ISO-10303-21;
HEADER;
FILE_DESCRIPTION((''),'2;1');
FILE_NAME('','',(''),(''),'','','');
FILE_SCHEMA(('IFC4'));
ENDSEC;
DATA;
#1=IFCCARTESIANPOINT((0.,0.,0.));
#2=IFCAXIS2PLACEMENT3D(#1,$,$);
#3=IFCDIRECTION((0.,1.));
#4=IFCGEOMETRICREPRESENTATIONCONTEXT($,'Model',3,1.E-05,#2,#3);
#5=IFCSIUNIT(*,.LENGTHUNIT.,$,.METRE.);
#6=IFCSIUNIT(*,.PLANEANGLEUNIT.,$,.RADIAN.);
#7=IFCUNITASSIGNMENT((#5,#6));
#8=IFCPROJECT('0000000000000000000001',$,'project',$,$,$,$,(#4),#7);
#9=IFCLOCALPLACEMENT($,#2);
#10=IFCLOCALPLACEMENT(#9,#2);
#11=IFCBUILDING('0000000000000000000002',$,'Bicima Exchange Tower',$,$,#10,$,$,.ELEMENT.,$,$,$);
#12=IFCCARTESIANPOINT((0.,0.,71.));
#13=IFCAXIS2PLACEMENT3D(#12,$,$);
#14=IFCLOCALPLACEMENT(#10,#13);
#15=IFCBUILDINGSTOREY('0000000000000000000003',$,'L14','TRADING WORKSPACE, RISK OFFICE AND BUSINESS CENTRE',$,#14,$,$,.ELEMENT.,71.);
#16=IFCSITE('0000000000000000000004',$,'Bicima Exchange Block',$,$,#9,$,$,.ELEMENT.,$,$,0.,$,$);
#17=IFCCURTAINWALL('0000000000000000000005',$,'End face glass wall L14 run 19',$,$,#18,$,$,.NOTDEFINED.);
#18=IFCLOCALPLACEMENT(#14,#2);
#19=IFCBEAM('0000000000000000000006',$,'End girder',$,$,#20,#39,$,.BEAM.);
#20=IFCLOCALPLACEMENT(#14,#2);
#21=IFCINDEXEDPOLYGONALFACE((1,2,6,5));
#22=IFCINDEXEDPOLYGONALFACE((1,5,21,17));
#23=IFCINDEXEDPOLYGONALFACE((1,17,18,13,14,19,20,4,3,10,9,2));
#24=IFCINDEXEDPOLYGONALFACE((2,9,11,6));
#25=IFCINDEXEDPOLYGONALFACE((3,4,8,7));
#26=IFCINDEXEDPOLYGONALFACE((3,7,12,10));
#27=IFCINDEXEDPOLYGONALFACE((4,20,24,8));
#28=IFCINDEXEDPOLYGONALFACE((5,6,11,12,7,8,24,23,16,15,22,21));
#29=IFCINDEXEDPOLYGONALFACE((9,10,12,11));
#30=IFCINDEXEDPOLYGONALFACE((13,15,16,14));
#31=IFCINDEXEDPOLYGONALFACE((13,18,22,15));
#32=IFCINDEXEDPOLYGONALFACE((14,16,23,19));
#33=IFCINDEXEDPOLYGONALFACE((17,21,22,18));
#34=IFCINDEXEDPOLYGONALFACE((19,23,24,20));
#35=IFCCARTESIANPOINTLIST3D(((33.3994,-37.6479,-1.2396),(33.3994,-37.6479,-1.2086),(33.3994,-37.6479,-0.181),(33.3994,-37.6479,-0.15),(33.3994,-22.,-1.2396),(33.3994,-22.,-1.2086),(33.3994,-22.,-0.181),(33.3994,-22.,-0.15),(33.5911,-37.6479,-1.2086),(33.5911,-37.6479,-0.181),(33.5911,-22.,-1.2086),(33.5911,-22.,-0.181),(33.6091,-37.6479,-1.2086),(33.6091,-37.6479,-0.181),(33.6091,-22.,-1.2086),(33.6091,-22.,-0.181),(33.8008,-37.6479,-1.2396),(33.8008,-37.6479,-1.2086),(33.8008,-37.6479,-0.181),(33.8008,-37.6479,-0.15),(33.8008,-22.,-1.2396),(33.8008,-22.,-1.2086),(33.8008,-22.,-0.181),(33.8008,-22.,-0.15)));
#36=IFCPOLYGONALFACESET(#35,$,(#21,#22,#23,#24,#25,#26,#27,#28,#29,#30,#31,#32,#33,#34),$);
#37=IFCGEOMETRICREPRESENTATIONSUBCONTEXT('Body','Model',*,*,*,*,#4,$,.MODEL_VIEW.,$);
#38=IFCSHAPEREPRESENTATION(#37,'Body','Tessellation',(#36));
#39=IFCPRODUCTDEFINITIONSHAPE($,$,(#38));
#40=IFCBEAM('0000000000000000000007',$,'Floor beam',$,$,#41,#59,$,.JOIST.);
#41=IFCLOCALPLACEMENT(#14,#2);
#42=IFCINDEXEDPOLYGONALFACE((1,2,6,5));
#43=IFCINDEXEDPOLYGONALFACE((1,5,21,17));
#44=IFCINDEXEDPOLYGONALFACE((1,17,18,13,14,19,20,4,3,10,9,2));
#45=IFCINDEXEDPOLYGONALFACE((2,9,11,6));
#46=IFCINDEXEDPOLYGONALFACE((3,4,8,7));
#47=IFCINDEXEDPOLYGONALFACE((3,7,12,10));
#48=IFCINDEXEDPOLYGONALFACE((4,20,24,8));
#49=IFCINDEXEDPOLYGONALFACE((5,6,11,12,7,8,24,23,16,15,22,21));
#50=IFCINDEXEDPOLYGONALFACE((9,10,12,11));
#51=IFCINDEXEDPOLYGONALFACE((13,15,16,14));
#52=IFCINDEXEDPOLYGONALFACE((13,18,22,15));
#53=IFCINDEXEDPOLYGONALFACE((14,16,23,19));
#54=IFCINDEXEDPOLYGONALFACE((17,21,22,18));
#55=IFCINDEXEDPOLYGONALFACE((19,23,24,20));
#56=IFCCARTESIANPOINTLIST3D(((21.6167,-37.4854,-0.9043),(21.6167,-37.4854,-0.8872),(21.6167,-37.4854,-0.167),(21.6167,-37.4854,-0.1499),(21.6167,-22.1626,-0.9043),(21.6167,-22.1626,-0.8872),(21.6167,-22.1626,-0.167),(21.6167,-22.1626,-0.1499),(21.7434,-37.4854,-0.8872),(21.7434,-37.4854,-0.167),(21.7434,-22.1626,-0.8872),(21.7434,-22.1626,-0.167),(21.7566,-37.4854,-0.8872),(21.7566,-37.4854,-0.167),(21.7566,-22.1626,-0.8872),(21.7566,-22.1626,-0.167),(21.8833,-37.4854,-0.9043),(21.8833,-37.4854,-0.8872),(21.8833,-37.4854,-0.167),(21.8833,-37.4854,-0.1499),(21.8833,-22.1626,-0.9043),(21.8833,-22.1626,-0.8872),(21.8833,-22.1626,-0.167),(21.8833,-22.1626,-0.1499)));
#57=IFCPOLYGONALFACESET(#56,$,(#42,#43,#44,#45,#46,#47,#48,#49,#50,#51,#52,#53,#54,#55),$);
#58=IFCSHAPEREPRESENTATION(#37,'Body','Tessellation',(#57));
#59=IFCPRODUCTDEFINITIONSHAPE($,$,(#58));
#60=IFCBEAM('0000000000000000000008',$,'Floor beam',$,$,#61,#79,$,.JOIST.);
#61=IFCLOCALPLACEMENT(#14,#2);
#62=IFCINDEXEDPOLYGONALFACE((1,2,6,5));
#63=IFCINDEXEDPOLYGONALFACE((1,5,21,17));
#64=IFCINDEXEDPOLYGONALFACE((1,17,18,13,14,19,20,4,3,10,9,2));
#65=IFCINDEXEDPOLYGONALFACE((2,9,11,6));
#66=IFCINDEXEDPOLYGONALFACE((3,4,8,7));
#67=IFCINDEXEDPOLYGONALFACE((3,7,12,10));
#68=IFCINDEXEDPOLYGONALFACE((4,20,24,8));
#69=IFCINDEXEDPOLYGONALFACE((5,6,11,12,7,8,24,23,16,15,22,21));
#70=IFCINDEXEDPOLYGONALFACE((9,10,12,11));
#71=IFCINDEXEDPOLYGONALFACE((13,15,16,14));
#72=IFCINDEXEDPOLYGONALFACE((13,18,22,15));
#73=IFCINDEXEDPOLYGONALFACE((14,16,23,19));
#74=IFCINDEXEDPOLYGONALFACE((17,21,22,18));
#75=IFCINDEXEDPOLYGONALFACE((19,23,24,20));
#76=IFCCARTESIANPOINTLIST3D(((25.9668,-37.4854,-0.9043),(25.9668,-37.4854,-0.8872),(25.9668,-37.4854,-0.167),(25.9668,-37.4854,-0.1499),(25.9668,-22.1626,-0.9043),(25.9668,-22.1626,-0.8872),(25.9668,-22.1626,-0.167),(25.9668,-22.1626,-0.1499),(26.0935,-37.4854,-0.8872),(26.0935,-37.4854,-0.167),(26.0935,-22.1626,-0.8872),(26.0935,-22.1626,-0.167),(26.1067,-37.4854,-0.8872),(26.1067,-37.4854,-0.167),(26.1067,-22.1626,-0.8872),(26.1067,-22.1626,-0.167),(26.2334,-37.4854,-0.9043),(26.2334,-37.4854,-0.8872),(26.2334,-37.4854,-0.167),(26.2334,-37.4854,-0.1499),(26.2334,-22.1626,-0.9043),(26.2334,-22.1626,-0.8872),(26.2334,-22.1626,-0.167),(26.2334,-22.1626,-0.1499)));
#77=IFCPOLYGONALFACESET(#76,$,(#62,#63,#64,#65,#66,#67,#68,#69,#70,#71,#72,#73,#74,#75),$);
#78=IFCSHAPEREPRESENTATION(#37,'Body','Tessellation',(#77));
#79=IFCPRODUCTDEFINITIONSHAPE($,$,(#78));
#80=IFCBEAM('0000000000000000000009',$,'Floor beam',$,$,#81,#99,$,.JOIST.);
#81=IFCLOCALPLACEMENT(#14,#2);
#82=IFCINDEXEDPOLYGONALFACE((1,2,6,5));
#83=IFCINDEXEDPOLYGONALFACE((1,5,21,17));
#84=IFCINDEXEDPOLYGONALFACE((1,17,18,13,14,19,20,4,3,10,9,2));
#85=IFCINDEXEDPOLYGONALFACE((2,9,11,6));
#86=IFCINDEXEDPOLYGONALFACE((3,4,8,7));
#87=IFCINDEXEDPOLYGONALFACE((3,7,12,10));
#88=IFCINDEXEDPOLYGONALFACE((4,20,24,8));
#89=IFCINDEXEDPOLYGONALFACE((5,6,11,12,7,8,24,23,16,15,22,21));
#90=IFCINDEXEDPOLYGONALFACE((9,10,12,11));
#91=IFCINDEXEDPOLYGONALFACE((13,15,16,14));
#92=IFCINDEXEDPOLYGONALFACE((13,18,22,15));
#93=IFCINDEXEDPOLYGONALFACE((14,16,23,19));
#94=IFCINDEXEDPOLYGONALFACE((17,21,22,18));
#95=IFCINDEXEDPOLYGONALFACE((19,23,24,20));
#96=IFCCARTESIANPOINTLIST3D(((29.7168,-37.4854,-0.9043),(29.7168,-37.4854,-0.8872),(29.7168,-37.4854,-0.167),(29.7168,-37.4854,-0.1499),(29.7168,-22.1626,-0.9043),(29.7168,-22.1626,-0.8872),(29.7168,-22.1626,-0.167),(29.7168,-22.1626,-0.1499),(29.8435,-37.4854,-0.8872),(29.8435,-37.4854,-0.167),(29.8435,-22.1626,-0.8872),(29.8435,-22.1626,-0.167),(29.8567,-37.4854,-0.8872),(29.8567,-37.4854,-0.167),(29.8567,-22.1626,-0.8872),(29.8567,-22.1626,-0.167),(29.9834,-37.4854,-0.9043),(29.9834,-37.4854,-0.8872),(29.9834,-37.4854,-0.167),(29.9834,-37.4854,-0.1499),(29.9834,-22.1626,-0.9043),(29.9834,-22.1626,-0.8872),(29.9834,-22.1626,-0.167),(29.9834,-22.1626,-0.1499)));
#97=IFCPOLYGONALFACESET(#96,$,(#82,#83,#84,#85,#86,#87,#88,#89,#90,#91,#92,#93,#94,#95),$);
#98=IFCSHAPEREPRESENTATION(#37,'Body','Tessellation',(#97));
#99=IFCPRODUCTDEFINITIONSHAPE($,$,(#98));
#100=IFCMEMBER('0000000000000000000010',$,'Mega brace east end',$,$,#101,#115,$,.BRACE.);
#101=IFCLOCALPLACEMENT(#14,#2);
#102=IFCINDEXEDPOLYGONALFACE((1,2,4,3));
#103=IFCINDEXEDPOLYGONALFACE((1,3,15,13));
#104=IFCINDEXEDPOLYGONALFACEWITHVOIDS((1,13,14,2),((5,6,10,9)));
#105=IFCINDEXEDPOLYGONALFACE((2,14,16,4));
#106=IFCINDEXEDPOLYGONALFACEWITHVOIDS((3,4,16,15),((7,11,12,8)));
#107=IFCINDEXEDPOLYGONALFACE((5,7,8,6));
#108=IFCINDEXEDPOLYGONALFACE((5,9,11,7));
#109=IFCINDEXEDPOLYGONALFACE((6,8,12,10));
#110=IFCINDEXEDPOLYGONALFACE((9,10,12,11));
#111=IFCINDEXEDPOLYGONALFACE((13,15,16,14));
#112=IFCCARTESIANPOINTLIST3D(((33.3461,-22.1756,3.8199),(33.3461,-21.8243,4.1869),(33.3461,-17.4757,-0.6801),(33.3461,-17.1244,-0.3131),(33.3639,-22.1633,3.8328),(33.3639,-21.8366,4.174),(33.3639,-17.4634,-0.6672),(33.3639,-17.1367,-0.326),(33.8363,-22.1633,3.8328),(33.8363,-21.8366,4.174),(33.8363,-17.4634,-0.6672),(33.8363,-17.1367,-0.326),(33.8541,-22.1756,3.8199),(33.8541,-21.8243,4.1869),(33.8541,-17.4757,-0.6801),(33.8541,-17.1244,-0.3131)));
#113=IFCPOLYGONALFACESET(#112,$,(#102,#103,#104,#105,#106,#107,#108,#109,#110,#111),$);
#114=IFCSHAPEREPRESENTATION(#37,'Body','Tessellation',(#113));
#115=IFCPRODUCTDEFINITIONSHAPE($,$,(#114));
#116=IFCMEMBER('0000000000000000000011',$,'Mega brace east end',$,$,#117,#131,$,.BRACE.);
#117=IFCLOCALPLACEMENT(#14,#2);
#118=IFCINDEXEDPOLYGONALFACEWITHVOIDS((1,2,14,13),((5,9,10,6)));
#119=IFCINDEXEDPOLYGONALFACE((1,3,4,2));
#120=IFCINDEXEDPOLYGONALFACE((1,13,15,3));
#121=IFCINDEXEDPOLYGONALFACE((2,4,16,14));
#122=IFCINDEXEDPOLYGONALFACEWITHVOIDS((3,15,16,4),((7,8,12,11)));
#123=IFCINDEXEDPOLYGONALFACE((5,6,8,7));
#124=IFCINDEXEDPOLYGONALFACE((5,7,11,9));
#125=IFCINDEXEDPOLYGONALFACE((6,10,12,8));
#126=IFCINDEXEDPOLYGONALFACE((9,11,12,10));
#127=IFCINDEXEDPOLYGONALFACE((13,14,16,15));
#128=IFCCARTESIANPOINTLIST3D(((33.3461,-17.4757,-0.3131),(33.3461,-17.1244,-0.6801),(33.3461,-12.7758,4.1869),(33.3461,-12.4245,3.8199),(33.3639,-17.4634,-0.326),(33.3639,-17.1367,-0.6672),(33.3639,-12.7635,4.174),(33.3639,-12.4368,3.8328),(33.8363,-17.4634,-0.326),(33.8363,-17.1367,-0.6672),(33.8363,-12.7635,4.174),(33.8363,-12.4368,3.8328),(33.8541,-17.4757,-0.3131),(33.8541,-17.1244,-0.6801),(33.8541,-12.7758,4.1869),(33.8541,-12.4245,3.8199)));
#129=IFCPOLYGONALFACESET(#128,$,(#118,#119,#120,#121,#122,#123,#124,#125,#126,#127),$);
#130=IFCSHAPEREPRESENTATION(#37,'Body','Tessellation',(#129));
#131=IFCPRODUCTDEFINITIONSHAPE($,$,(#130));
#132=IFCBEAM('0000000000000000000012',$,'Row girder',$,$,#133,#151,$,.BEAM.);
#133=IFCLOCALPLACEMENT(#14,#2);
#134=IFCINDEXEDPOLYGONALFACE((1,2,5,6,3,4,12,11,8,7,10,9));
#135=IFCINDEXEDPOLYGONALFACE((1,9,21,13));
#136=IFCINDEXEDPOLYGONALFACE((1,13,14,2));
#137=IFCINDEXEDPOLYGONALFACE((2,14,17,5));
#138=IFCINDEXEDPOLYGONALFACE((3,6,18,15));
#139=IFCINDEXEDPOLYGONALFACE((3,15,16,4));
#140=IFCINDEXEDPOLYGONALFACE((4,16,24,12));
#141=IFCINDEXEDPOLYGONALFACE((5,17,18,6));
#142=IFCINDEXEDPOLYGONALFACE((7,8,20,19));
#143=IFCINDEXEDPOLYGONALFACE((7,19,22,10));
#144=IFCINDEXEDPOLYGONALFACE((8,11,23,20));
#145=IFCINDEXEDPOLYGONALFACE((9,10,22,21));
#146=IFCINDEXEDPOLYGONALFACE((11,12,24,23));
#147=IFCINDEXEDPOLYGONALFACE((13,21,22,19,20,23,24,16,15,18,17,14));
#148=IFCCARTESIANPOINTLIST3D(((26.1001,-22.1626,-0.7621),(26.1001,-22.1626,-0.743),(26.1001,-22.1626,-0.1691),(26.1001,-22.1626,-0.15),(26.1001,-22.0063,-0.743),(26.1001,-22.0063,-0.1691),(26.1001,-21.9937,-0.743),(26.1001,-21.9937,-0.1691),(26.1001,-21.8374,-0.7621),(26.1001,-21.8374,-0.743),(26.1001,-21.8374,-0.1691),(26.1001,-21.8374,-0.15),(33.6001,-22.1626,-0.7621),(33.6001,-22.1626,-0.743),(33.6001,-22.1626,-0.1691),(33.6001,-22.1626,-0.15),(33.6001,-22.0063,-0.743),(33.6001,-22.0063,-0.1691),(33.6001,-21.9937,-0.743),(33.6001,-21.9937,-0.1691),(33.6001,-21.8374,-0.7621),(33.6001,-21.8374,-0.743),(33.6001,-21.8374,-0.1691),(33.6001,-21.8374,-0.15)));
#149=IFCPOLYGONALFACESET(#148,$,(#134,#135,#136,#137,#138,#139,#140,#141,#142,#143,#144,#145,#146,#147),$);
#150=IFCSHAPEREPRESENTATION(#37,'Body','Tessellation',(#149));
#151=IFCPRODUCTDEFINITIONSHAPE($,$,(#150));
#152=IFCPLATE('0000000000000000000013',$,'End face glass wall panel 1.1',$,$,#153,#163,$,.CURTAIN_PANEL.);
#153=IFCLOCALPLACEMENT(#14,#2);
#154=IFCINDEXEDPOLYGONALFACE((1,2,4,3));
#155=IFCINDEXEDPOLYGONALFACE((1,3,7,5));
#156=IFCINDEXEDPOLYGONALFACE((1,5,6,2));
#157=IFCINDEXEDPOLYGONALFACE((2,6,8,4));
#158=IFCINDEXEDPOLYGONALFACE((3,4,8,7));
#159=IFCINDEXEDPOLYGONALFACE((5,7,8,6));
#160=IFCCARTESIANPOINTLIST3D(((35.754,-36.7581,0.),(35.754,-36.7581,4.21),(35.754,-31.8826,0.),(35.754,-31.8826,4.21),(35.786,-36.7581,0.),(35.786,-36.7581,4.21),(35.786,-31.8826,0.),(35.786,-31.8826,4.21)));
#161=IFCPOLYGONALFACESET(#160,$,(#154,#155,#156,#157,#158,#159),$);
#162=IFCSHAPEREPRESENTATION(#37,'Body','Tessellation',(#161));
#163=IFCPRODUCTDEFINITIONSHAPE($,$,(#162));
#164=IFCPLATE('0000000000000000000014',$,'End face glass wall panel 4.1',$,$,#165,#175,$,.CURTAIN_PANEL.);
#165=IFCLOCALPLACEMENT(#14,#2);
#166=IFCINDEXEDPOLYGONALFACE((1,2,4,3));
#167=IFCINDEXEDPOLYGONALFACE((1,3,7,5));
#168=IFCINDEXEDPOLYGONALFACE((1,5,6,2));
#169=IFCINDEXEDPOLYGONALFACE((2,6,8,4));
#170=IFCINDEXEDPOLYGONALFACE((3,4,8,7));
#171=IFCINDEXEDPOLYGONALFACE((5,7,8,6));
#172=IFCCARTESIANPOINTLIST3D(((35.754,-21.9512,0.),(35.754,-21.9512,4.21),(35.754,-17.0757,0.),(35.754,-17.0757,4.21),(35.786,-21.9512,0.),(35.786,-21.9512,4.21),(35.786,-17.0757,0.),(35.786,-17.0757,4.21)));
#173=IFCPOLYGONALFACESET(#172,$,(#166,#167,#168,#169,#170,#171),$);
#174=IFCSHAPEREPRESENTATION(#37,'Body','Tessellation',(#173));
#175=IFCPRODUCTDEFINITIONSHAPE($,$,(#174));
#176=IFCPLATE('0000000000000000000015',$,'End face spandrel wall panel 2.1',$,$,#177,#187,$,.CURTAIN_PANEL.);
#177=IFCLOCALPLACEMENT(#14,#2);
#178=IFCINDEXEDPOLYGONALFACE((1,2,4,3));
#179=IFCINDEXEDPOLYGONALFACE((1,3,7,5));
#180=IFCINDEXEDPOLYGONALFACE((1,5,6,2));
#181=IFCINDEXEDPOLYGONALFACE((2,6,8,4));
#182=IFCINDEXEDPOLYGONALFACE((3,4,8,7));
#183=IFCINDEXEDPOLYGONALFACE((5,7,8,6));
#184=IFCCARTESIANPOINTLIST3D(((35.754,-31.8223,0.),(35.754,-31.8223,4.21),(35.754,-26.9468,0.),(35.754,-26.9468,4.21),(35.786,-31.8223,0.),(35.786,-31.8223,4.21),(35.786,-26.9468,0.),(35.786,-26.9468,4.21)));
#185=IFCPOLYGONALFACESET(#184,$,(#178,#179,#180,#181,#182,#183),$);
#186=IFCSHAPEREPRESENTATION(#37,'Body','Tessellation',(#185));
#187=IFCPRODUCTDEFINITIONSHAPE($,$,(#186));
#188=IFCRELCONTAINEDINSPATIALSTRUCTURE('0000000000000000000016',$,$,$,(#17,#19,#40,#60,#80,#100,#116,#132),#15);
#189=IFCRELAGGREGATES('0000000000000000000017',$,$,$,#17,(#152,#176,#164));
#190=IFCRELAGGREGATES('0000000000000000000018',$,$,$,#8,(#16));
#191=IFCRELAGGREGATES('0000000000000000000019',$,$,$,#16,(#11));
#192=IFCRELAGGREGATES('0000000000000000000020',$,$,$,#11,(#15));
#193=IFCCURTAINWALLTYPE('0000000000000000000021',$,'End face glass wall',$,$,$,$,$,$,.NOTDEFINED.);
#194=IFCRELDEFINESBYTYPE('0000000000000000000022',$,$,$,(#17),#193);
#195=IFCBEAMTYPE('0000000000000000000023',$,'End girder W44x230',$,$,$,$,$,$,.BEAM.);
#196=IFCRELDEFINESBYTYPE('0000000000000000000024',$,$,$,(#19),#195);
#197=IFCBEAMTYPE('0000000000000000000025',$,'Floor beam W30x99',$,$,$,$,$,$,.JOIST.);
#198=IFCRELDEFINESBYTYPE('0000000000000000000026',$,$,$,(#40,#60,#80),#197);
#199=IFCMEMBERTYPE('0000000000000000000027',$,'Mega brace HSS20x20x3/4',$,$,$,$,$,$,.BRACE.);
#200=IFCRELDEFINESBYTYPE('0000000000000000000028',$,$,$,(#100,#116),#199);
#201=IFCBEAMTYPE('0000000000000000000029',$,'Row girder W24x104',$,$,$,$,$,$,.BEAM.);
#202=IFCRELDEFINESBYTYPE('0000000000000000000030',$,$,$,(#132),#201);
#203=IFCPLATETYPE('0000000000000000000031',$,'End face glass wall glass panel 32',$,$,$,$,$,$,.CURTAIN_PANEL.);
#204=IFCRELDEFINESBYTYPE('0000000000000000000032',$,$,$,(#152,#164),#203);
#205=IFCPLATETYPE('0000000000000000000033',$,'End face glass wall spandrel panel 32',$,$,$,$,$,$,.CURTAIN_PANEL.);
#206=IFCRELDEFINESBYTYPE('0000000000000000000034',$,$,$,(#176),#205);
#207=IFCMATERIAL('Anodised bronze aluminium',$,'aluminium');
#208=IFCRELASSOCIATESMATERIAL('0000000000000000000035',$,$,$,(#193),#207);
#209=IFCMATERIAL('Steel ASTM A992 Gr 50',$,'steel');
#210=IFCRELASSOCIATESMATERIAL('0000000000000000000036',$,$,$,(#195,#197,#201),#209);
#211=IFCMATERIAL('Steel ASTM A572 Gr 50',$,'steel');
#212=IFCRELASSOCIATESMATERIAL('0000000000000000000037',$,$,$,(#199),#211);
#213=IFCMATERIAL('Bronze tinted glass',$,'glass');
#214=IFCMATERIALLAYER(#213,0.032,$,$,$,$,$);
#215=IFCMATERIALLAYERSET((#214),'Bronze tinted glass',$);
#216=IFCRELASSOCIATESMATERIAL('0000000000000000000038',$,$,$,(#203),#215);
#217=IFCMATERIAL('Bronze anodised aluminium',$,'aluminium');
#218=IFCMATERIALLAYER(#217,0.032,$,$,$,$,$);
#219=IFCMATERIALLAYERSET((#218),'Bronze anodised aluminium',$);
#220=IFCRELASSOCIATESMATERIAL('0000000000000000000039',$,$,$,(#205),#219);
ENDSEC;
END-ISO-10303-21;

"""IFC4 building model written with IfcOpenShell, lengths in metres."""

from ifc_helpers import new_model, si_unit, direction, frame, origin, origin_2d, place, context, subcontext, project, spatial, rectangle, hollow_rectangle, i_section, extrude, material, layer, layer_set, material_profile, profile_set, type_object, element, aggregate, save


model = new_model("IFC4")

# Units and contexts
model_context = context("Model", 3, precision=1e-05, world=origin(), true_north=direction((0.0, 1.0)))
body_context = subcontext(model_context, "Body", "Model", "MODEL_VIEW")
ifc_project = project(units=[si_unit("LENGTHUNIT", "METRE"), si_unit("PLANEANGLEUNIT", "RADIAN")], contexts=[model_context])

# Site, building, storey
site_placement = place(None, origin())
site = spatial("IfcSite", under=ifc_project, at=site_placement, Name="Bicima Exchange Block", CompositionType="ELEMENT", RefElevation=0.0)
building_placement = place(site_placement, origin())
building = spatial("IfcBuilding", under=site, at=building_placement, Name="Bicima Exchange Tower", CompositionType="ELEMENT")
storey_placement = place(building_placement, frame((0.0, 0.0, 71.0)))
storey = spatial("IfcBuildingStorey", under=building, at=storey_placement, Name="L14", Description="TRADING WORKSPACE, RISK OFFICE AND BUSINESS CENTRE", CompositionType="ELEMENT", Elevation=71.0)

# Shared definitions
ifc_material_1 = material(Name="Steel ASTM A992 Gr 50", Category="steel")

# Curtain wall
ifc_material_2 = material(Name="Anodised bronze aluminium", Category="aluminium")
curtain_wall_type = type_object("IfcCurtainWallType", Name="End face glass wall", PredefinedType="NOTDEFINED", material=ifc_material_2)
curtain_wall_placement = place(storey_placement, origin())
curtain_wall = element("IfcCurtainWall", 1, at=curtain_wall_placement, inside=storey, type_object=curtain_wall_type, Name="End face glass wall L14 run 19", PredefinedType="NOTDEFINED")

# Beams
ifc_material_profile_1 = material_profile(ifc_material_1, i_section(OverallWidth=0.4014, OverallDepth=1.0896, WebThickness=0.0181, FlangeThickness=0.031, at=origin_2d()))
ifc_profile_set_1 = profile_set([ifc_material_profile_1], Name="Steel ASTM A992 Gr 50")
beam_type_1 = type_object("IfcBeamType", Name="End girder W44x230", PredefinedType="BEAM", material=ifc_profile_set_1)
beam_1_placement = place(storey_placement, frame((33.6001, -22.0, -0.6948), z_axis=(0.0, -1.0, 0.0), x_axis=(1.0, 0.0, 0.0)))
element("IfcBeam", 2, at=beam_1_placement, inside=storey, type_object=beam_type_1, Name="End girder", PredefinedType="BEAM", context=body_context, shape_type="SweptSolid", body=[
    extrude(i_section(OverallWidth=0.4014, OverallDepth=1.0896, WebThickness=0.0181, FlangeThickness=0.031, at=origin_2d()), origin(), (0.0, 0.0, 1.0), 15.6479),
])
ifc_material_profile_2 = material_profile(ifc_material_1, i_section(OverallWidth=0.2666, OverallDepth=0.7544, WebThickness=0.0132, FlangeThickness=0.0171, at=origin_2d()))
ifc_profile_set_2 = profile_set([ifc_material_profile_2], Name="Steel ASTM A992 Gr 50")
beam_type_2 = type_object("IfcBeamType", Name="Floor beam W30x99", PredefinedType="JOIST", material=ifc_profile_set_2)
for number, where, z_axis, x_axis, name in (
    (3, (21.75, -22.1626, -0.5271), (0.0, -1.0, 0.0), (1.0, 0.0, 0.0), "Floor beam"),
    (4, (26.1001, -22.1626, -0.5271), (0.0, -1.0, 0.0), (1.0, 0.0, 0.0), "Floor beam"),
    (5, (29.8501, -22.1626, -0.5271), (0.0, -1.0, 0.0), (1.0, 0.0, 0.0), "Floor beam"),
):
    element("IfcBeam", number, at=place(storey_placement, frame(where, z_axis=z_axis, x_axis=x_axis)), inside=storey, type_object=beam_type_2, Name=name, PredefinedType="JOIST", context=body_context, shape_type="SweptSolid", body=[
        extrude(i_section(OverallWidth=0.2666, OverallDepth=0.7544, WebThickness=0.0132, FlangeThickness=0.0171, at=origin_2d()), origin(), (0.0, 0.0, 1.0), 15.3228),
    ])

# Members
ifc_material_3 = material(Name="Steel ASTM A572 Gr 50", Category="steel")
ifc_material_profile_3 = material_profile(ifc_material_3, hollow_rectangle(XDim=0.5081, YDim=0.5081, WallThickness=0.0178, at=origin_2d()))
ifc_profile_set_3 = profile_set([ifc_material_profile_3], Name="Steel ASTM A572 Gr 50")
member_type_1 = type_object("IfcMemberType", Name="Mega brace HSS20x20x3/4", PredefinedType="BRACE", material=ifc_profile_set_3)
for number, where, z_axis, x_axis, name in (
    (6, (33.6001, -17.3, -0.4966), (0.0, -0.722304, 0.691575), (1.0, 0.0, 0.0), "Mega brace east end"),
    (7, (33.6001, -17.3, -0.4966), (0.0, 0.722304, 0.691575), (-1.0, 0.0, 0.0), "Mega brace east end"),
):
    element("IfcMember", number, at=place(storey_placement, frame(where, z_axis=z_axis, x_axis=x_axis)), inside=storey, type_object=member_type_1, Name=name, PredefinedType="BRACE", context=body_context, shape_type="SweptSolid", body=[
        extrude(hollow_rectangle(XDim=0.5081, YDim=0.5081, WallThickness=0.0178, at=origin_2d()), origin(), (0.0, 0.0, 1.0), 6.5068),
    ])

# Beam
ifc_material_profile_4 = material_profile(ifc_material_1, i_section(OverallWidth=0.3252, OverallDepth=0.6121, WebThickness=0.0127, FlangeThickness=0.019, at=origin_2d()))
ifc_profile_set_4 = profile_set([ifc_material_profile_4], Name="Steel ASTM A992 Gr 50")
beam_type_3 = type_object("IfcBeamType", Name="Row girder W24x104", PredefinedType="BEAM", material=ifc_profile_set_4)
beam_2_placement = place(storey_placement, frame((26.1001, -22.0, -0.4561), z_axis=(1.0, 0.0, 0.0), x_axis=(0.0, 1.0, 0.0)))
element("IfcBeam", 8, at=beam_2_placement, inside=storey, type_object=beam_type_3, Name="Row girder", PredefinedType="BEAM", context=body_context, shape_type="SweptSolid", body=[
    extrude(i_section(OverallWidth=0.3252, OverallDepth=0.6121, WebThickness=0.0127, FlangeThickness=0.019, at=origin_2d()), origin(), (0.0, 0.0, 1.0), 7.5),
])

# Plates
ifc_material_4 = material(Name="Bronze tinted glass", Category="glass")
ifc_layer_1 = layer(ifc_material_4, 0.032)
ifc_layer_set_1 = layer_set([ifc_layer_1], Name="Bronze tinted glass")
plate_type_1 = type_object("IfcPlateType", Name="End face glass wall glass panel 32", PredefinedType="CURTAIN_PANEL", material=ifc_layer_set_1)
plate_1_placement = place(storey_placement, frame((35.77, -34.3203, 0.0), z_axis=(0.0, 0.0, 1.0), x_axis=(0.0, 1.0, 0.0)))
plate_1 = element("IfcPlate", 9, at=plate_1_placement, type_object=plate_type_1, Name="End face glass wall panel 1.1", PredefinedType="CURTAIN_PANEL", context=body_context, shape_type="SweptSolid", body=[
    extrude(rectangle(XDim=4.8755, YDim=0.032, at=origin_2d()), origin(), (0.0, 0.0, 1.0), 4.21),
])
plate_2_placement = place(storey_placement, frame((35.77, -19.5134, 0.0), z_axis=(0.0, 0.0, 1.0), x_axis=(0.0, 1.0, 0.0)))
plate_2 = element("IfcPlate", 10, at=plate_2_placement, type_object=plate_type_1, Name="End face glass wall panel 4.1", PredefinedType="CURTAIN_PANEL", context=body_context, shape_type="SweptSolid", body=[
    extrude(rectangle(XDim=4.8755, YDim=0.032, at=origin_2d()), origin(), (0.0, 0.0, 1.0), 4.21),
])
ifc_material_5 = material(Name="Bronze anodised aluminium", Category="aluminium")
ifc_layer_2 = layer(ifc_material_5, 0.032)
ifc_layer_set_2 = layer_set([ifc_layer_2], Name="Bronze anodised aluminium")
plate_type_2 = type_object("IfcPlateType", Name="End face glass wall spandrel panel 32", PredefinedType="CURTAIN_PANEL", material=ifc_layer_set_2)
plate_3_placement = place(storey_placement, frame((35.77, -29.3845, 0.0), z_axis=(0.0, 0.0, 1.0), x_axis=(0.0, 1.0, 0.0)))
plate_3 = element("IfcPlate", 11, at=plate_3_placement, type_object=plate_type_2, Name="End face spandrel wall panel 2.1", PredefinedType="CURTAIN_PANEL", context=body_context, shape_type="SweptSolid", body=[
    extrude(rectangle(XDim=4.8755, YDim=0.032, at=origin_2d()), origin(), (0.0, 0.0, 1.0), 4.21),
])
aggregate(curtain_wall, [plate_1, plate_3, plate_2])

save(model, "model.ifc")
